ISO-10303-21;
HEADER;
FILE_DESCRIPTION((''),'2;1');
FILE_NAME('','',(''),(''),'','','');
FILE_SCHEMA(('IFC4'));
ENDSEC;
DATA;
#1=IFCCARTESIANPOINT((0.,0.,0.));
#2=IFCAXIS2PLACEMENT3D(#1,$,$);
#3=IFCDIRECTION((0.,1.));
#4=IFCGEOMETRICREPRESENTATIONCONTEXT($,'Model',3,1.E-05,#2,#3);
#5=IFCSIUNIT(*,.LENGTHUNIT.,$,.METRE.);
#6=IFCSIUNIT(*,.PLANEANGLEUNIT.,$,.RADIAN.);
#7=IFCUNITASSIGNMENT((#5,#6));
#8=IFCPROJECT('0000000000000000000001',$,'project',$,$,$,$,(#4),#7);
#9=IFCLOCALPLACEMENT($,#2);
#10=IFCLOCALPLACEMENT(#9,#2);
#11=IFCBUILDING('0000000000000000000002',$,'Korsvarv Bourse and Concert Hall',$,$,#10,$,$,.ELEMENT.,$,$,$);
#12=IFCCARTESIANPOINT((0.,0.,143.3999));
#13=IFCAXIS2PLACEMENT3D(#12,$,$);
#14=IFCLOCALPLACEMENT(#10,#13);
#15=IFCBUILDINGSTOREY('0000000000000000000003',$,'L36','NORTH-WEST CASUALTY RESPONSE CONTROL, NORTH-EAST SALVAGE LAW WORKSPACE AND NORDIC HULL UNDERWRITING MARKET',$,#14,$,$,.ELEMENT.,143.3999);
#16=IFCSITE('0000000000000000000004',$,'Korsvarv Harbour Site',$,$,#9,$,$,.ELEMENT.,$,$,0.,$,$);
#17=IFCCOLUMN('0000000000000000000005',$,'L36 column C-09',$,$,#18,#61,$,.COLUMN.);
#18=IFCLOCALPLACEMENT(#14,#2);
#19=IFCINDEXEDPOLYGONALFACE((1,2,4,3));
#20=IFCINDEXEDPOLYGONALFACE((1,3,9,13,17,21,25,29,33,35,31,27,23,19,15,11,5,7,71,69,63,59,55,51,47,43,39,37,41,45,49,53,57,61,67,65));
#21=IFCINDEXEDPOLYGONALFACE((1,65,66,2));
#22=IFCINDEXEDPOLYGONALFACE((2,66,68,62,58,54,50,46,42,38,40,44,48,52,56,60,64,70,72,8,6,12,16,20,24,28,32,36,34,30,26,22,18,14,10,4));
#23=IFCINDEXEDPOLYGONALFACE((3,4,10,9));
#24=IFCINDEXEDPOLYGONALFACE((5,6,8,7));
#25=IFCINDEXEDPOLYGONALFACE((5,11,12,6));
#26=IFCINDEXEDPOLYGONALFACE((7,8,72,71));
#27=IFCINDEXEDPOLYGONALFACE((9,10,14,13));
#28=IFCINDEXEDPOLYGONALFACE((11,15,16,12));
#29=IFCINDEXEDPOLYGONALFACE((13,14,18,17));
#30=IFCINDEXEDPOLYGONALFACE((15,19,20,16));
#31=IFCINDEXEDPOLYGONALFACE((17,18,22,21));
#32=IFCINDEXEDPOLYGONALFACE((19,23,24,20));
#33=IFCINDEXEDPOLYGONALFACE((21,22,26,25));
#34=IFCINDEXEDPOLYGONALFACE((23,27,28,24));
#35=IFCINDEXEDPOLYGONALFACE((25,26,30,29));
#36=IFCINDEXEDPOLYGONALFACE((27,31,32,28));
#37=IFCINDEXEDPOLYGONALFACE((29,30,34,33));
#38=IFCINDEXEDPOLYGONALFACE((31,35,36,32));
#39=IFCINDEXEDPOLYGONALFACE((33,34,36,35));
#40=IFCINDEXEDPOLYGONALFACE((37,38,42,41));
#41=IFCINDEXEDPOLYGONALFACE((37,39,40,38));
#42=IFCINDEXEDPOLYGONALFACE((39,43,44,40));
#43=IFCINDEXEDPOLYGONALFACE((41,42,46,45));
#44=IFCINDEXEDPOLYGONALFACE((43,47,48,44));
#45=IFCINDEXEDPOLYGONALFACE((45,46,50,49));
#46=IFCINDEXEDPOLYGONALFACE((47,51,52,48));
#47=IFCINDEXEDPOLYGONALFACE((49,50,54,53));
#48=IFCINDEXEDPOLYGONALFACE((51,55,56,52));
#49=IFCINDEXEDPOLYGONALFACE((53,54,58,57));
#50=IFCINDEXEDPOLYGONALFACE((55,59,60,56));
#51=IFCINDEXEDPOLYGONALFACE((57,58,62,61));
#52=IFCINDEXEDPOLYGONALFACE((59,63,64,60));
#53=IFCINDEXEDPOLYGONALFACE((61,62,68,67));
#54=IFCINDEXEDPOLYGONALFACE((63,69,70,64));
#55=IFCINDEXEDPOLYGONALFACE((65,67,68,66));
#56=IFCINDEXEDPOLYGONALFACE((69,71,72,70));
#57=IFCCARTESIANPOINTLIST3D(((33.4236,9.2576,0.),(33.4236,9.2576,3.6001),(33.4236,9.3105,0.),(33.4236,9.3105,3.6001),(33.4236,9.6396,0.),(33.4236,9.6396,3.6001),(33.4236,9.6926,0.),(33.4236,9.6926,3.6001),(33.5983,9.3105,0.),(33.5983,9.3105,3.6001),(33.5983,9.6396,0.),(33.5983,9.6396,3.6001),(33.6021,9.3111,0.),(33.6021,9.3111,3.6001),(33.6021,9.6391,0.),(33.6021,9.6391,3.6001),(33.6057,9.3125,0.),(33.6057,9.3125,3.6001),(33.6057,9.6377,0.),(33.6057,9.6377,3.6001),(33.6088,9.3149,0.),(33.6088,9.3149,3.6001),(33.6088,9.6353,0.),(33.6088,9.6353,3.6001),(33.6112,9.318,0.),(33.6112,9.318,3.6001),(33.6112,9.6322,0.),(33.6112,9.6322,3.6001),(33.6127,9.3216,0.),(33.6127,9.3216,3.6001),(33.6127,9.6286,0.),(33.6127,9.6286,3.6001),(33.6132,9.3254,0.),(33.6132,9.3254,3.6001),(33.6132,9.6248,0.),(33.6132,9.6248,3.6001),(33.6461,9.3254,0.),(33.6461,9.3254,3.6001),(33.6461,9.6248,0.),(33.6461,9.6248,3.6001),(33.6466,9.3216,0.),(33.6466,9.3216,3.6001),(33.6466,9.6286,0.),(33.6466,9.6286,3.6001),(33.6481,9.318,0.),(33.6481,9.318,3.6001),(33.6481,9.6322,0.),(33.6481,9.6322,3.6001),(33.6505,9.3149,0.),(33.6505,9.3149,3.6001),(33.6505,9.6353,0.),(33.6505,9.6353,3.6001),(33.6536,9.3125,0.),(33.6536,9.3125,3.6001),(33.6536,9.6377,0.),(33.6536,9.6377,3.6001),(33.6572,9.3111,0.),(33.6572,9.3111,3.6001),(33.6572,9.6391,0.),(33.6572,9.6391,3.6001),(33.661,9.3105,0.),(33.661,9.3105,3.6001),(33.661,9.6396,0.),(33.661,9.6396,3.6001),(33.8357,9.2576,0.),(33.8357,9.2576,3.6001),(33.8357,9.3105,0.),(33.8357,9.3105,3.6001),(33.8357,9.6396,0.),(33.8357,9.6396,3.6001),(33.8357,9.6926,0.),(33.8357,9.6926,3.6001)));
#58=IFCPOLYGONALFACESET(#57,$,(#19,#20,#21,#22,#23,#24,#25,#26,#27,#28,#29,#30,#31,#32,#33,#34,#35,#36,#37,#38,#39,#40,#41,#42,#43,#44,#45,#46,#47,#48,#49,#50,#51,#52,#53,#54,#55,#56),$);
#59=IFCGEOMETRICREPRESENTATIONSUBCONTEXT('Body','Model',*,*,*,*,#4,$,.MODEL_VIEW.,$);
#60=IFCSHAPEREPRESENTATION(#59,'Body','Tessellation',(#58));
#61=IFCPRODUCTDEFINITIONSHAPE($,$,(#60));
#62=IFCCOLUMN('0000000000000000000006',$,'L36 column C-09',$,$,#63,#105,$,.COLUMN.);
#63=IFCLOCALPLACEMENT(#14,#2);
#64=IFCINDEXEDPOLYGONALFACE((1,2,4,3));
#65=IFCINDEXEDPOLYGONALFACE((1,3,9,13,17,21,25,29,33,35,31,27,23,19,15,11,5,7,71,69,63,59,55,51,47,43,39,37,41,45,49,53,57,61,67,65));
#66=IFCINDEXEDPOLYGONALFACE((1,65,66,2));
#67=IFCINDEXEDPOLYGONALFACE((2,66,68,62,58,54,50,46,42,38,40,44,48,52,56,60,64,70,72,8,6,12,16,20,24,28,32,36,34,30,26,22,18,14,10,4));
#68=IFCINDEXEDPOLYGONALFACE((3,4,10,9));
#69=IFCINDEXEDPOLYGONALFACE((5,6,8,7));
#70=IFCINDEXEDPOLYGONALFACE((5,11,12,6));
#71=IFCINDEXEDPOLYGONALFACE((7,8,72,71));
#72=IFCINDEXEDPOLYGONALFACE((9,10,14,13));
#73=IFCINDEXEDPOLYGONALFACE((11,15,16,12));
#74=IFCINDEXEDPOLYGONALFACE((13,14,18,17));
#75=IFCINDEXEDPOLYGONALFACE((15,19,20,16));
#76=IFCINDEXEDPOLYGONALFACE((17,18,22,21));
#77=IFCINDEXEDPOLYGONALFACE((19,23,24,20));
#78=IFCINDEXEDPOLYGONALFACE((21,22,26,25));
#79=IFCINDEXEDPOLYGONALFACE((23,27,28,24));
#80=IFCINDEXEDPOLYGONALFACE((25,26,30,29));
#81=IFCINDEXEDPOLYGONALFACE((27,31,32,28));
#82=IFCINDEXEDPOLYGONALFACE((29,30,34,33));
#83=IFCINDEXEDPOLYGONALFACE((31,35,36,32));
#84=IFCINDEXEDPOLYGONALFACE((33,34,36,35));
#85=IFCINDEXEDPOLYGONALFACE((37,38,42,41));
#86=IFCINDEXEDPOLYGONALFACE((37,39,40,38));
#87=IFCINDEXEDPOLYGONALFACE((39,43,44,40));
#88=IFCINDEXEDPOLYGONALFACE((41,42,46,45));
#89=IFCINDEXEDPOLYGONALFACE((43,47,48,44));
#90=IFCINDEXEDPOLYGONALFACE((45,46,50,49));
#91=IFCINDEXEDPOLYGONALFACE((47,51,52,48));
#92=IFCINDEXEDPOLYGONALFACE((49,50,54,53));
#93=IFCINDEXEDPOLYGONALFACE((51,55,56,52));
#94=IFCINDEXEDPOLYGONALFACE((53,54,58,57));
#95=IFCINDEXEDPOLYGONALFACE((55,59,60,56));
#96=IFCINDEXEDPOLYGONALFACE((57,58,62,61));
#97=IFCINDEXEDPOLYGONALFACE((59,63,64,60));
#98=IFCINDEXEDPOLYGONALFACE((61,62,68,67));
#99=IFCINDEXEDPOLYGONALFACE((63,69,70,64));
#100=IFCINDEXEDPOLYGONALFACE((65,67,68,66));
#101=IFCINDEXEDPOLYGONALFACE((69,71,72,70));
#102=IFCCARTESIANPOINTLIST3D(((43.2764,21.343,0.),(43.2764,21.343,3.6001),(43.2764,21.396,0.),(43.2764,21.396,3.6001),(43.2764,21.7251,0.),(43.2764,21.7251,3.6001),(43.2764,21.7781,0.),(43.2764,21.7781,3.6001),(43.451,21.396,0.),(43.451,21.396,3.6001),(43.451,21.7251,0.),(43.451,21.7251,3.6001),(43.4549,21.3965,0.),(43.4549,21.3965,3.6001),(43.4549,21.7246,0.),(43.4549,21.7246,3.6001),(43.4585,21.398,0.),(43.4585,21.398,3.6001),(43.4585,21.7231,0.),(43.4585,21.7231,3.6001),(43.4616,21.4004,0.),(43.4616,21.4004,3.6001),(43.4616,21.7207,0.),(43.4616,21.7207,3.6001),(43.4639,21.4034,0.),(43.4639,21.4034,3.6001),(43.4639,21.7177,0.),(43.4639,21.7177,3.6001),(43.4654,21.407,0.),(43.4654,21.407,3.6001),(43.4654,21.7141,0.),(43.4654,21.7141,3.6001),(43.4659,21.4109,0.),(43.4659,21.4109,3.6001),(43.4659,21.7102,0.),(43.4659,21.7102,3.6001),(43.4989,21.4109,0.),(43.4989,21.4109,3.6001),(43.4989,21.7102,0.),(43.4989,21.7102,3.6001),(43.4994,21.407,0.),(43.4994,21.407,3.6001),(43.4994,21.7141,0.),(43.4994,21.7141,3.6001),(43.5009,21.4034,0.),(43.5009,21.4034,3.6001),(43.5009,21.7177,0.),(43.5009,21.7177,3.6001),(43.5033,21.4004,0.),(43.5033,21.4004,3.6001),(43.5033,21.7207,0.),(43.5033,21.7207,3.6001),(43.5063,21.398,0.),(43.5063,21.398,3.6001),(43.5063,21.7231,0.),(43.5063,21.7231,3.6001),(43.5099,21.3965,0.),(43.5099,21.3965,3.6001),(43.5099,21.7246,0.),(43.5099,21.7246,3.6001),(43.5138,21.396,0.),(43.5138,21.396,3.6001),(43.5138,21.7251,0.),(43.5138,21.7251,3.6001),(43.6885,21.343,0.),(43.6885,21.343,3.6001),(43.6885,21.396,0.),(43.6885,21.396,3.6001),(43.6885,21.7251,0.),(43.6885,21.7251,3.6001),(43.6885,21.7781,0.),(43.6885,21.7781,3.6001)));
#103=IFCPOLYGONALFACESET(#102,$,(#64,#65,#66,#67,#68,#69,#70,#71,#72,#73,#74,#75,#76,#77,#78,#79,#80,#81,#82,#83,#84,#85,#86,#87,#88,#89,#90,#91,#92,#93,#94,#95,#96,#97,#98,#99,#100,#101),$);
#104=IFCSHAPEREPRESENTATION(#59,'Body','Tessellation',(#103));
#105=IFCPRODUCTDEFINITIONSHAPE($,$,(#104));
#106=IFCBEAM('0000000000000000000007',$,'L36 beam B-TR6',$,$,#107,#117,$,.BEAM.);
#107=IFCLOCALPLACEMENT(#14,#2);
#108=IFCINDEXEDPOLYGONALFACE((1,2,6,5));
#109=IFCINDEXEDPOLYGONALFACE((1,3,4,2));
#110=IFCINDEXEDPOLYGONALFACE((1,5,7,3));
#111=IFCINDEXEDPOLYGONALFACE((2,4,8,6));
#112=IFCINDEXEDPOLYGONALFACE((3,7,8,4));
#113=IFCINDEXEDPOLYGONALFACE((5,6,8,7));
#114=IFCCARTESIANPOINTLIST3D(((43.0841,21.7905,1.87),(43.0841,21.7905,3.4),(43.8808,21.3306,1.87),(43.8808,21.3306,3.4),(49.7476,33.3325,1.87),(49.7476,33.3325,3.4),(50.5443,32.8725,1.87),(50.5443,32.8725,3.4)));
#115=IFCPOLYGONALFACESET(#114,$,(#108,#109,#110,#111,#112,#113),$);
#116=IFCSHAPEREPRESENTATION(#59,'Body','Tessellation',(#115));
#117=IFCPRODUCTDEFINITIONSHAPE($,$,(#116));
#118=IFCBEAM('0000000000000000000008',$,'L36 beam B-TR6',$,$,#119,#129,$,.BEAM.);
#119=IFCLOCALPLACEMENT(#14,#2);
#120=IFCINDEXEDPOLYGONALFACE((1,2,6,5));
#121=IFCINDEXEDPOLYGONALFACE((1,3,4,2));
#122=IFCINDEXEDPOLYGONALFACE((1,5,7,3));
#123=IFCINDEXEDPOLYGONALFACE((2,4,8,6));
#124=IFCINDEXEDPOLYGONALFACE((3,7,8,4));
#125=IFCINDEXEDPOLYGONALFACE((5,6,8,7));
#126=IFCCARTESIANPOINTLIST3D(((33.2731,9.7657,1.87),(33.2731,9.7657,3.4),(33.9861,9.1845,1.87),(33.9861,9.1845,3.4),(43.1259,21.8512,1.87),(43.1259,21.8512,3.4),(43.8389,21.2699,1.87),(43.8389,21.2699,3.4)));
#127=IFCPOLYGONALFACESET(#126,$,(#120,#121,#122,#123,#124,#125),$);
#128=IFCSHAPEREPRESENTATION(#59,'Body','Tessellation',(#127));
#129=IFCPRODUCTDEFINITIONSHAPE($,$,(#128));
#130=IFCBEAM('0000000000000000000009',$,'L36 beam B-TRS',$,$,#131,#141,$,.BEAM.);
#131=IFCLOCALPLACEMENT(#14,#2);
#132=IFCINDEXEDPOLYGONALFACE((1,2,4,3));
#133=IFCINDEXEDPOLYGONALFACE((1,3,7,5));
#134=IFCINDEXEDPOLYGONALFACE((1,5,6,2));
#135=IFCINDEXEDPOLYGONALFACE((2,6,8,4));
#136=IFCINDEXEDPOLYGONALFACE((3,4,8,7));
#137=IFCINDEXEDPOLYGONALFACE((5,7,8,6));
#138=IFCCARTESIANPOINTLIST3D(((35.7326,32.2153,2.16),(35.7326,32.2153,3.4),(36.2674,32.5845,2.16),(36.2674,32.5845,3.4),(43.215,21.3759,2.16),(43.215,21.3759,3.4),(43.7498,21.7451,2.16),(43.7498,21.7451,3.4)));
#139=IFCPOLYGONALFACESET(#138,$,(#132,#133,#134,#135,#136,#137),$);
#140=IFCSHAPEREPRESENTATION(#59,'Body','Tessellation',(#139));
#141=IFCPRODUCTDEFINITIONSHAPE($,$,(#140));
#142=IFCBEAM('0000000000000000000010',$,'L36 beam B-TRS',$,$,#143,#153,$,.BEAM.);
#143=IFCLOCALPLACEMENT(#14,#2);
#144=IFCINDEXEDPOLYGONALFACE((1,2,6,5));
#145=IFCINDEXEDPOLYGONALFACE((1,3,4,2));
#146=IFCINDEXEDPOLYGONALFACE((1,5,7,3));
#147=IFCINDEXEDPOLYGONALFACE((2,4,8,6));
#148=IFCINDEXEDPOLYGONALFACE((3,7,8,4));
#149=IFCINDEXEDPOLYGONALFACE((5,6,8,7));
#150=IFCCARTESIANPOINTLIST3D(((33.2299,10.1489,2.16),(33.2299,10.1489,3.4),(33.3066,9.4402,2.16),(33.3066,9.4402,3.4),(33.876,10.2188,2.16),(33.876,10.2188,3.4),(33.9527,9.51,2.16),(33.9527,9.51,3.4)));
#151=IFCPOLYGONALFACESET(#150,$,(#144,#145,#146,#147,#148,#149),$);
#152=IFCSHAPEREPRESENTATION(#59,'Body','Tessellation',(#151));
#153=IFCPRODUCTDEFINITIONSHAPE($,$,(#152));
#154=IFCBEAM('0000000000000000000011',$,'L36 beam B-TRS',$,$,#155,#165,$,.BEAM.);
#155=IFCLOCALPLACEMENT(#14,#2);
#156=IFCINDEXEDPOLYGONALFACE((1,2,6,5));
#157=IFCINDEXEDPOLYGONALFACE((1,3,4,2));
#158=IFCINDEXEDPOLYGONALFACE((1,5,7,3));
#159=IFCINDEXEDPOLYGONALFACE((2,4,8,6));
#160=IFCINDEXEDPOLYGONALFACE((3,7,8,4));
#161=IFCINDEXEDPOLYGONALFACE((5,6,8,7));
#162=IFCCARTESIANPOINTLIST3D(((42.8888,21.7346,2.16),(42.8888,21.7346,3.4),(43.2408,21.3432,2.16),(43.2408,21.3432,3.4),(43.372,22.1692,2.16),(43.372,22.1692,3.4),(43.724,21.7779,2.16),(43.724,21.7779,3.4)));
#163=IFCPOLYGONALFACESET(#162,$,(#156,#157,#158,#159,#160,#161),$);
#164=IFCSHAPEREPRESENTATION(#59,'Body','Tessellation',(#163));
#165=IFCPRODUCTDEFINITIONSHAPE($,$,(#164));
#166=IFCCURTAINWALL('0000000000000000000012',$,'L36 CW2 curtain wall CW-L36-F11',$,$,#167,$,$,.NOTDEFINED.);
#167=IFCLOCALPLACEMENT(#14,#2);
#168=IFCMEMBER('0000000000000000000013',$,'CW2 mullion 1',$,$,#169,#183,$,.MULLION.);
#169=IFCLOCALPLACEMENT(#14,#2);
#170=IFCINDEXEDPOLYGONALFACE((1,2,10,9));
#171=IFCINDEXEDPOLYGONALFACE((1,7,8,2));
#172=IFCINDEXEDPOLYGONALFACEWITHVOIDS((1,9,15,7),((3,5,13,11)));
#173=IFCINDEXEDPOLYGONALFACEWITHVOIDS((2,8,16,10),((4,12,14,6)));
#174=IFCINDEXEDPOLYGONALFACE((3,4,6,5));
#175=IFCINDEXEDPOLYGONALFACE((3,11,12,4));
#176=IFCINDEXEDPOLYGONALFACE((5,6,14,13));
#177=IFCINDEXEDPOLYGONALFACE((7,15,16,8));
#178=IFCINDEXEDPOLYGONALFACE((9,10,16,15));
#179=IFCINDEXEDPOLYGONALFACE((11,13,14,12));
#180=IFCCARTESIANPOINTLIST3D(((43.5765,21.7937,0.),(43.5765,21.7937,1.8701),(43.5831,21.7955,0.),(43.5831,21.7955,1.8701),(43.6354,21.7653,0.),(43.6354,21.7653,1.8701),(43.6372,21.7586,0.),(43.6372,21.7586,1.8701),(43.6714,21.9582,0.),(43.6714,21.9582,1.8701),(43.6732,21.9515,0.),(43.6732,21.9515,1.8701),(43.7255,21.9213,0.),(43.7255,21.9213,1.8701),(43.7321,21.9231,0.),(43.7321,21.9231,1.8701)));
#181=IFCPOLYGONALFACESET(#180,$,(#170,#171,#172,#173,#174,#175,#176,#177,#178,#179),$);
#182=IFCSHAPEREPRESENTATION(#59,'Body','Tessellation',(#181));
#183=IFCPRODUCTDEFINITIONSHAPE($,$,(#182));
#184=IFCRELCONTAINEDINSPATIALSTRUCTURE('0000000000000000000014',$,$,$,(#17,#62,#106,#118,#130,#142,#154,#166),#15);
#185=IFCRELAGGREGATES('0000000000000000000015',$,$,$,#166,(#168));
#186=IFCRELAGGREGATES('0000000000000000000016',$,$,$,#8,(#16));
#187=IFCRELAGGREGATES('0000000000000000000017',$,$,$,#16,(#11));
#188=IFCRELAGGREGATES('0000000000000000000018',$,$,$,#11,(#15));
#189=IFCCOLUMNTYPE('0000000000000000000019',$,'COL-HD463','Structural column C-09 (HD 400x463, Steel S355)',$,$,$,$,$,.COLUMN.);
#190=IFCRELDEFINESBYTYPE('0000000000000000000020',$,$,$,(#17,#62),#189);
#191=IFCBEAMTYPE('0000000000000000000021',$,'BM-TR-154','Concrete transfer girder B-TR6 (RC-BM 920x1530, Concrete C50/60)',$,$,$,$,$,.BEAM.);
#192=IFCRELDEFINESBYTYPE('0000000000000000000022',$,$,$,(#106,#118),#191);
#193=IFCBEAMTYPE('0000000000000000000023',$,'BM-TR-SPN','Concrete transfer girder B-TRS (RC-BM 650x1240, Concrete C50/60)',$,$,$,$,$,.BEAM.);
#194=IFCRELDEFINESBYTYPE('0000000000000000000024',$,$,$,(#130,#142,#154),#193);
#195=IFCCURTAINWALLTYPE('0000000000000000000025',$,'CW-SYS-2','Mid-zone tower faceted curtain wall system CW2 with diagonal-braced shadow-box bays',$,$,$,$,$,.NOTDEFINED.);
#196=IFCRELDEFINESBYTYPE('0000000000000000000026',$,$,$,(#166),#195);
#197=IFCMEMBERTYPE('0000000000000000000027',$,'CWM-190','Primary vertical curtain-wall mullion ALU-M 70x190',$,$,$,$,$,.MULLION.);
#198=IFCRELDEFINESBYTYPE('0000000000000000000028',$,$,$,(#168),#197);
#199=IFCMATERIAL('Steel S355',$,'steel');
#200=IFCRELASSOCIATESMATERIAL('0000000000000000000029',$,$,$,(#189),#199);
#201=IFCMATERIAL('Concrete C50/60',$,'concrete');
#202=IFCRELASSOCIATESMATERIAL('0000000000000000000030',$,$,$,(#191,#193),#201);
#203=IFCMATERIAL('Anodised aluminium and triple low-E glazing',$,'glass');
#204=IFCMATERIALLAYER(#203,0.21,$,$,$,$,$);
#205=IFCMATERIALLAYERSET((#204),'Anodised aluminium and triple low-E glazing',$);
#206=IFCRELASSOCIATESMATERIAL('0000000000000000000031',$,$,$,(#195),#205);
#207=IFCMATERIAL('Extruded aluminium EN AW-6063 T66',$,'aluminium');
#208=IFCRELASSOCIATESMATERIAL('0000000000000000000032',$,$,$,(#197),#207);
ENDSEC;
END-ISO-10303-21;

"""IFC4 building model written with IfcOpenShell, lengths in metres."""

from ifc_helpers import new_model, si_unit, direction, frame, origin, origin_2d, place, context, subcontext, project, spatial, rectangle, hollow_rectangle, i_section, extrude, source, transform, mapped, material, layer, layer_set, material_profile, profile_set, type_object, element, aggregate, save


model = new_model("IFC4")

# Units and contexts
model_context = context("Model", 3, precision=1e-05, world=origin(), true_north=direction((0.0, 1.0)))
body_context = subcontext(model_context, "Body", "Model", "MODEL_VIEW")
ifc_project = project(units=[si_unit("LENGTHUNIT", "METRE"), si_unit("PLANEANGLEUNIT", "RADIAN")], contexts=[model_context])

# Site, building, storey
site_placement = place(None, origin())
site = spatial("IfcSite", under=ifc_project, at=site_placement, Name="Korsvarv Harbour Site", CompositionType="ELEMENT", RefElevation=0.0)
building_placement = place(site_placement, origin())
building = spatial("IfcBuilding", under=site, at=building_placement, Name="Korsvarv Bourse and Concert Hall", CompositionType="ELEMENT")
storey_placement = place(building_placement, frame((0.0, 0.0, 143.3999)))
storey = spatial("IfcBuildingStorey", under=building, at=storey_placement, Name="L36", Description="NORTH-WEST CASUALTY RESPONSE CONTROL, NORTH-EAST SALVAGE LAW WORKSPACE AND NORDIC HULL UNDERWRITING MARKET", CompositionType="ELEMENT", Elevation=143.3999)

# Columns
ifc_material_1 = material(Name="Steel S355", Category="steel")
ifc_material_profile_1 = material_profile(ifc_material_1, i_section(OverallWidth=0.4121, OverallDepth=0.4351, WebThickness=0.033, FlangeThickness=0.053, FilletRadius=0.0149, at=origin_2d()), Name="HD 400x463")
ifc_profile_set_1 = profile_set([ifc_material_profile_1], Name="Steel S355")
column_type = type_object("IfcColumnType", Name="COL-HD463", Description="Structural column C-09 (HD 400x463, Steel S355)", PredefinedType="COLUMN", material=ifc_profile_set_1)
shared_shape_1 = source(origin(), body_context, "Body", "SweptSolid", [
    extrude(i_section(OverallWidth=0.4121, OverallDepth=0.4351, WebThickness=0.033, FlangeThickness=0.053, FilletRadius=0.0149, at=origin_2d()), origin(), (0.0, 0.0, 1.0), 3.6001),
])
for number, where, z_axis, x_axis, name in (
    (1, (33.6296, 9.4751, 0.0), (0.0, 0.0, 1.0), (1.0, 0.0, 0.0), "L36 column C-09"),
    (2, (43.4824, 21.5605, 0.0), (0.0, 0.0, 1.0), (1.0, 0.0, 0.0), "L36 column C-09"),
):
    element("IfcColumn", number, at=place(storey_placement, frame(where, z_axis=z_axis, x_axis=x_axis)), inside=storey, type_object=column_type, Name=name, PredefinedType="COLUMN", context=body_context, shape_type="MappedRepresentation", body=[
        mapped(shared_shape_1, transform((0.0, 0.0, 0.0), scale=1.0)),
    ])

# Beams
ifc_material_2 = material(Name="Concrete C50/60", Category="concrete")
ifc_material_profile_2 = material_profile(ifc_material_2, rectangle(XDim=0.9199, YDim=1.53, at=origin_2d()), Name="RC-BM 920x1530")
ifc_profile_set_2 = profile_set([ifc_material_profile_2], Name="Concrete C50/60")
beam_type_1 = type_object("IfcBeamType", Name="BM-TR-154", Description="Concrete transfer girder B-TR6 (RC-BM 920x1530, Concrete C50/60)", PredefinedType="BEAM", material=ifc_profile_set_2)
shared_shape_2 = source(origin(), body_context, "Body", "SweptSolid", [
    extrude(rectangle(XDim=0.9199, YDim=1.53, at=origin_2d()), origin(), (0.0, 0.0, 1.0), 13.3274),
])
beam_1_placement = place(storey_placement, frame((43.4824, 21.5605, 2.635), z_axis=(0.499989, 0.866032, 0.0), x_axis=(-0.866032, 0.499989, 0.0)))
element("IfcBeam", 3, at=beam_1_placement, inside=storey, type_object=beam_type_1, Name="L36 beam B-TR6", PredefinedType="BEAM", context=body_context, shape_type="MappedRepresentation", body=[
    mapped(shared_shape_2, transform((0.0, 0.0, 0.0), scale=1.0)),
])
shared_shape_3 = source(origin(), body_context, "Body", "SweptSolid", [
    extrude(rectangle(XDim=0.9199, YDim=1.53, at=origin_2d()), origin(), (0.0, 0.0, 1.0), 15.5928),
])
beam_2_placement = place(storey_placement, frame((33.6296, 9.4751, 2.635), z_axis=(0.63188, 0.775066, 0.0), x_axis=(-0.775066, 0.63188, 0.0)))
element("IfcBeam", 4, at=beam_2_placement, inside=storey, type_object=beam_type_1, Name="L36 beam B-TR6", PredefinedType="BEAM", context=body_context, shape_type="MappedRepresentation", body=[
    mapped(shared_shape_3, transform((0.0, 0.0, 0.0), scale=1.0)),
])
ifc_material_profile_3 = material_profile(ifc_material_2, rectangle(XDim=0.6499, YDim=1.24, at=origin_2d()), Name="RC-BM 650x1240")
ifc_profile_set_3 = profile_set([ifc_material_profile_3], Name="Concrete C50/60")
beam_type_2 = type_object("IfcBeamType", Name="BM-TR-SPN", Description="Concrete transfer girder B-TRS (RC-BM 650x1240, Concrete C50/60)", PredefinedType="BEAM", material=ifc_profile_set_3)
shared_shape_4 = source(origin(), body_context, "Body", "SweptSolid", [
    extrude(rectangle(XDim=0.6499, YDim=1.24, at=origin_2d()), origin(), (0.0, 0.0, 1.0), 13.1711),
])
beam_3_placement = place(storey_placement, frame((43.4824, 21.5605, 2.78), z_axis=(-0.568093, 0.822964, 0.0), x_axis=(-0.822964, -0.568093, 0.0)))
element("IfcBeam", 5, at=beam_3_placement, inside=storey, type_object=beam_type_2, Name="L36 beam B-TRS", PredefinedType="BEAM", context=body_context, shape_type="MappedRepresentation", body=[
    mapped(shared_shape_4, transform((0.0, 0.0, 0.0), scale=1.0)),
])
shared_shape_5 = source(origin(), body_context, "Body", "SweptSolid", [
    extrude(rectangle(XDim=0.6499, YDim=1.24, at=origin_2d()), origin(), (0.0, 0.0, 1.0), 0.7129),
])
beam_4_placement = place(storey_placement, frame((33.6296, 9.4751, 2.78), z_axis=(-0.107537, 0.994201, 0.0), x_axis=(-0.994201, -0.107537, 0.0)))
element("IfcBeam", 6, at=beam_4_placement, inside=storey, type_object=beam_type_2, Name="L36 beam B-TRS", PredefinedType="BEAM", context=body_context, shape_type="MappedRepresentation", body=[
    mapped(shared_shape_5, transform((0.0, 0.0, 0.0), scale=1.0)),
])
shared_shape_6 = source(origin(), body_context, "Body", "SweptSolid", [
    extrude(rectangle(XDim=0.6499, YDim=1.24, at=origin_2d()), origin(), (0.0, 0.0, 1.0), 0.5264),
])
beam_5_placement = place(storey_placement, frame((43.4824, 21.5605, 2.78), z_axis=(-0.668785, 0.743456, 0.0), x_axis=(-0.743456, -0.668785, 0.0)))
element("IfcBeam", 7, at=beam_5_placement, inside=storey, type_object=beam_type_2, Name="L36 beam B-TRS", PredefinedType="BEAM", context=body_context, shape_type="MappedRepresentation", body=[
    mapped(shared_shape_6, transform((0.0, 0.0, 0.0), scale=1.0)),
])

# Curtain wall, member
ifc_material_3 = material(Name="Anodised aluminium and triple low-E glazing", Category="glass")
ifc_layer_1 = layer(ifc_material_3, 0.21)
ifc_layer_set_1 = layer_set([ifc_layer_1], Name="Anodised aluminium and triple low-E glazing")
curtain_wall_type = type_object("IfcCurtainWallType", Name="CW-SYS-2", Description="Mid-zone tower faceted curtain wall system CW2 with diagonal-braced shadow-box bays", PredefinedType="NOTDEFINED", material=ifc_layer_set_1)
curtain_wall_placement = place(storey_placement, origin())
curtain_wall = element("IfcCurtainWall", 8, at=curtain_wall_placement, inside=storey, type_object=curtain_wall_type, Name="L36 CW2 curtain wall CW-L36-F11", PredefinedType="NOTDEFINED")
ifc_material_4 = material(Name="Extruded aluminium EN AW-6063 T66", Category="aluminium")
ifc_material_profile_4 = material_profile(ifc_material_4, hollow_rectangle(XDim=0.0701, YDim=0.1899, WallThickness=0.0049, at=origin_2d()), Name="ALU-M 70x190")
ifc_profile_set_4 = profile_set([ifc_material_profile_4], Name="Extruded aluminium EN AW-6063 T66")
member_type_1 = type_object("IfcMemberType", Name="CWM-190", Description="Primary vertical curtain-wall mullion ALU-M 70x190", PredefinedType="MULLION", material=ifc_profile_set_4)
shared_shape_7 = source(origin(), body_context, "Body", "SweptSolid", [
    extrude(hollow_rectangle(XDim=0.0701, YDim=0.1899, WallThickness=0.0049, at=origin_2d()), origin(), (0.0, 0.0, 1.0), 1.8701),
])
member_1_placement = place(storey_placement, frame((43.6543, 21.8584, 0.0), z_axis=(0.0, 0.0, 1.0), x_axis=(-0.866025, 0.5, 0.0)))
member_1 = element("IfcMember", 9, at=member_1_placement, type_object=member_type_1, Name="CW2 mullion 1", PredefinedType="MULLION", context=body_context, shape_type="MappedRepresentation", body=[
    mapped(shared_shape_7, transform((0.0, 0.0, 0.0), scale=1.0)),
])
aggregate(curtain_wall, [member_1])

save(model, "model.ifc")
